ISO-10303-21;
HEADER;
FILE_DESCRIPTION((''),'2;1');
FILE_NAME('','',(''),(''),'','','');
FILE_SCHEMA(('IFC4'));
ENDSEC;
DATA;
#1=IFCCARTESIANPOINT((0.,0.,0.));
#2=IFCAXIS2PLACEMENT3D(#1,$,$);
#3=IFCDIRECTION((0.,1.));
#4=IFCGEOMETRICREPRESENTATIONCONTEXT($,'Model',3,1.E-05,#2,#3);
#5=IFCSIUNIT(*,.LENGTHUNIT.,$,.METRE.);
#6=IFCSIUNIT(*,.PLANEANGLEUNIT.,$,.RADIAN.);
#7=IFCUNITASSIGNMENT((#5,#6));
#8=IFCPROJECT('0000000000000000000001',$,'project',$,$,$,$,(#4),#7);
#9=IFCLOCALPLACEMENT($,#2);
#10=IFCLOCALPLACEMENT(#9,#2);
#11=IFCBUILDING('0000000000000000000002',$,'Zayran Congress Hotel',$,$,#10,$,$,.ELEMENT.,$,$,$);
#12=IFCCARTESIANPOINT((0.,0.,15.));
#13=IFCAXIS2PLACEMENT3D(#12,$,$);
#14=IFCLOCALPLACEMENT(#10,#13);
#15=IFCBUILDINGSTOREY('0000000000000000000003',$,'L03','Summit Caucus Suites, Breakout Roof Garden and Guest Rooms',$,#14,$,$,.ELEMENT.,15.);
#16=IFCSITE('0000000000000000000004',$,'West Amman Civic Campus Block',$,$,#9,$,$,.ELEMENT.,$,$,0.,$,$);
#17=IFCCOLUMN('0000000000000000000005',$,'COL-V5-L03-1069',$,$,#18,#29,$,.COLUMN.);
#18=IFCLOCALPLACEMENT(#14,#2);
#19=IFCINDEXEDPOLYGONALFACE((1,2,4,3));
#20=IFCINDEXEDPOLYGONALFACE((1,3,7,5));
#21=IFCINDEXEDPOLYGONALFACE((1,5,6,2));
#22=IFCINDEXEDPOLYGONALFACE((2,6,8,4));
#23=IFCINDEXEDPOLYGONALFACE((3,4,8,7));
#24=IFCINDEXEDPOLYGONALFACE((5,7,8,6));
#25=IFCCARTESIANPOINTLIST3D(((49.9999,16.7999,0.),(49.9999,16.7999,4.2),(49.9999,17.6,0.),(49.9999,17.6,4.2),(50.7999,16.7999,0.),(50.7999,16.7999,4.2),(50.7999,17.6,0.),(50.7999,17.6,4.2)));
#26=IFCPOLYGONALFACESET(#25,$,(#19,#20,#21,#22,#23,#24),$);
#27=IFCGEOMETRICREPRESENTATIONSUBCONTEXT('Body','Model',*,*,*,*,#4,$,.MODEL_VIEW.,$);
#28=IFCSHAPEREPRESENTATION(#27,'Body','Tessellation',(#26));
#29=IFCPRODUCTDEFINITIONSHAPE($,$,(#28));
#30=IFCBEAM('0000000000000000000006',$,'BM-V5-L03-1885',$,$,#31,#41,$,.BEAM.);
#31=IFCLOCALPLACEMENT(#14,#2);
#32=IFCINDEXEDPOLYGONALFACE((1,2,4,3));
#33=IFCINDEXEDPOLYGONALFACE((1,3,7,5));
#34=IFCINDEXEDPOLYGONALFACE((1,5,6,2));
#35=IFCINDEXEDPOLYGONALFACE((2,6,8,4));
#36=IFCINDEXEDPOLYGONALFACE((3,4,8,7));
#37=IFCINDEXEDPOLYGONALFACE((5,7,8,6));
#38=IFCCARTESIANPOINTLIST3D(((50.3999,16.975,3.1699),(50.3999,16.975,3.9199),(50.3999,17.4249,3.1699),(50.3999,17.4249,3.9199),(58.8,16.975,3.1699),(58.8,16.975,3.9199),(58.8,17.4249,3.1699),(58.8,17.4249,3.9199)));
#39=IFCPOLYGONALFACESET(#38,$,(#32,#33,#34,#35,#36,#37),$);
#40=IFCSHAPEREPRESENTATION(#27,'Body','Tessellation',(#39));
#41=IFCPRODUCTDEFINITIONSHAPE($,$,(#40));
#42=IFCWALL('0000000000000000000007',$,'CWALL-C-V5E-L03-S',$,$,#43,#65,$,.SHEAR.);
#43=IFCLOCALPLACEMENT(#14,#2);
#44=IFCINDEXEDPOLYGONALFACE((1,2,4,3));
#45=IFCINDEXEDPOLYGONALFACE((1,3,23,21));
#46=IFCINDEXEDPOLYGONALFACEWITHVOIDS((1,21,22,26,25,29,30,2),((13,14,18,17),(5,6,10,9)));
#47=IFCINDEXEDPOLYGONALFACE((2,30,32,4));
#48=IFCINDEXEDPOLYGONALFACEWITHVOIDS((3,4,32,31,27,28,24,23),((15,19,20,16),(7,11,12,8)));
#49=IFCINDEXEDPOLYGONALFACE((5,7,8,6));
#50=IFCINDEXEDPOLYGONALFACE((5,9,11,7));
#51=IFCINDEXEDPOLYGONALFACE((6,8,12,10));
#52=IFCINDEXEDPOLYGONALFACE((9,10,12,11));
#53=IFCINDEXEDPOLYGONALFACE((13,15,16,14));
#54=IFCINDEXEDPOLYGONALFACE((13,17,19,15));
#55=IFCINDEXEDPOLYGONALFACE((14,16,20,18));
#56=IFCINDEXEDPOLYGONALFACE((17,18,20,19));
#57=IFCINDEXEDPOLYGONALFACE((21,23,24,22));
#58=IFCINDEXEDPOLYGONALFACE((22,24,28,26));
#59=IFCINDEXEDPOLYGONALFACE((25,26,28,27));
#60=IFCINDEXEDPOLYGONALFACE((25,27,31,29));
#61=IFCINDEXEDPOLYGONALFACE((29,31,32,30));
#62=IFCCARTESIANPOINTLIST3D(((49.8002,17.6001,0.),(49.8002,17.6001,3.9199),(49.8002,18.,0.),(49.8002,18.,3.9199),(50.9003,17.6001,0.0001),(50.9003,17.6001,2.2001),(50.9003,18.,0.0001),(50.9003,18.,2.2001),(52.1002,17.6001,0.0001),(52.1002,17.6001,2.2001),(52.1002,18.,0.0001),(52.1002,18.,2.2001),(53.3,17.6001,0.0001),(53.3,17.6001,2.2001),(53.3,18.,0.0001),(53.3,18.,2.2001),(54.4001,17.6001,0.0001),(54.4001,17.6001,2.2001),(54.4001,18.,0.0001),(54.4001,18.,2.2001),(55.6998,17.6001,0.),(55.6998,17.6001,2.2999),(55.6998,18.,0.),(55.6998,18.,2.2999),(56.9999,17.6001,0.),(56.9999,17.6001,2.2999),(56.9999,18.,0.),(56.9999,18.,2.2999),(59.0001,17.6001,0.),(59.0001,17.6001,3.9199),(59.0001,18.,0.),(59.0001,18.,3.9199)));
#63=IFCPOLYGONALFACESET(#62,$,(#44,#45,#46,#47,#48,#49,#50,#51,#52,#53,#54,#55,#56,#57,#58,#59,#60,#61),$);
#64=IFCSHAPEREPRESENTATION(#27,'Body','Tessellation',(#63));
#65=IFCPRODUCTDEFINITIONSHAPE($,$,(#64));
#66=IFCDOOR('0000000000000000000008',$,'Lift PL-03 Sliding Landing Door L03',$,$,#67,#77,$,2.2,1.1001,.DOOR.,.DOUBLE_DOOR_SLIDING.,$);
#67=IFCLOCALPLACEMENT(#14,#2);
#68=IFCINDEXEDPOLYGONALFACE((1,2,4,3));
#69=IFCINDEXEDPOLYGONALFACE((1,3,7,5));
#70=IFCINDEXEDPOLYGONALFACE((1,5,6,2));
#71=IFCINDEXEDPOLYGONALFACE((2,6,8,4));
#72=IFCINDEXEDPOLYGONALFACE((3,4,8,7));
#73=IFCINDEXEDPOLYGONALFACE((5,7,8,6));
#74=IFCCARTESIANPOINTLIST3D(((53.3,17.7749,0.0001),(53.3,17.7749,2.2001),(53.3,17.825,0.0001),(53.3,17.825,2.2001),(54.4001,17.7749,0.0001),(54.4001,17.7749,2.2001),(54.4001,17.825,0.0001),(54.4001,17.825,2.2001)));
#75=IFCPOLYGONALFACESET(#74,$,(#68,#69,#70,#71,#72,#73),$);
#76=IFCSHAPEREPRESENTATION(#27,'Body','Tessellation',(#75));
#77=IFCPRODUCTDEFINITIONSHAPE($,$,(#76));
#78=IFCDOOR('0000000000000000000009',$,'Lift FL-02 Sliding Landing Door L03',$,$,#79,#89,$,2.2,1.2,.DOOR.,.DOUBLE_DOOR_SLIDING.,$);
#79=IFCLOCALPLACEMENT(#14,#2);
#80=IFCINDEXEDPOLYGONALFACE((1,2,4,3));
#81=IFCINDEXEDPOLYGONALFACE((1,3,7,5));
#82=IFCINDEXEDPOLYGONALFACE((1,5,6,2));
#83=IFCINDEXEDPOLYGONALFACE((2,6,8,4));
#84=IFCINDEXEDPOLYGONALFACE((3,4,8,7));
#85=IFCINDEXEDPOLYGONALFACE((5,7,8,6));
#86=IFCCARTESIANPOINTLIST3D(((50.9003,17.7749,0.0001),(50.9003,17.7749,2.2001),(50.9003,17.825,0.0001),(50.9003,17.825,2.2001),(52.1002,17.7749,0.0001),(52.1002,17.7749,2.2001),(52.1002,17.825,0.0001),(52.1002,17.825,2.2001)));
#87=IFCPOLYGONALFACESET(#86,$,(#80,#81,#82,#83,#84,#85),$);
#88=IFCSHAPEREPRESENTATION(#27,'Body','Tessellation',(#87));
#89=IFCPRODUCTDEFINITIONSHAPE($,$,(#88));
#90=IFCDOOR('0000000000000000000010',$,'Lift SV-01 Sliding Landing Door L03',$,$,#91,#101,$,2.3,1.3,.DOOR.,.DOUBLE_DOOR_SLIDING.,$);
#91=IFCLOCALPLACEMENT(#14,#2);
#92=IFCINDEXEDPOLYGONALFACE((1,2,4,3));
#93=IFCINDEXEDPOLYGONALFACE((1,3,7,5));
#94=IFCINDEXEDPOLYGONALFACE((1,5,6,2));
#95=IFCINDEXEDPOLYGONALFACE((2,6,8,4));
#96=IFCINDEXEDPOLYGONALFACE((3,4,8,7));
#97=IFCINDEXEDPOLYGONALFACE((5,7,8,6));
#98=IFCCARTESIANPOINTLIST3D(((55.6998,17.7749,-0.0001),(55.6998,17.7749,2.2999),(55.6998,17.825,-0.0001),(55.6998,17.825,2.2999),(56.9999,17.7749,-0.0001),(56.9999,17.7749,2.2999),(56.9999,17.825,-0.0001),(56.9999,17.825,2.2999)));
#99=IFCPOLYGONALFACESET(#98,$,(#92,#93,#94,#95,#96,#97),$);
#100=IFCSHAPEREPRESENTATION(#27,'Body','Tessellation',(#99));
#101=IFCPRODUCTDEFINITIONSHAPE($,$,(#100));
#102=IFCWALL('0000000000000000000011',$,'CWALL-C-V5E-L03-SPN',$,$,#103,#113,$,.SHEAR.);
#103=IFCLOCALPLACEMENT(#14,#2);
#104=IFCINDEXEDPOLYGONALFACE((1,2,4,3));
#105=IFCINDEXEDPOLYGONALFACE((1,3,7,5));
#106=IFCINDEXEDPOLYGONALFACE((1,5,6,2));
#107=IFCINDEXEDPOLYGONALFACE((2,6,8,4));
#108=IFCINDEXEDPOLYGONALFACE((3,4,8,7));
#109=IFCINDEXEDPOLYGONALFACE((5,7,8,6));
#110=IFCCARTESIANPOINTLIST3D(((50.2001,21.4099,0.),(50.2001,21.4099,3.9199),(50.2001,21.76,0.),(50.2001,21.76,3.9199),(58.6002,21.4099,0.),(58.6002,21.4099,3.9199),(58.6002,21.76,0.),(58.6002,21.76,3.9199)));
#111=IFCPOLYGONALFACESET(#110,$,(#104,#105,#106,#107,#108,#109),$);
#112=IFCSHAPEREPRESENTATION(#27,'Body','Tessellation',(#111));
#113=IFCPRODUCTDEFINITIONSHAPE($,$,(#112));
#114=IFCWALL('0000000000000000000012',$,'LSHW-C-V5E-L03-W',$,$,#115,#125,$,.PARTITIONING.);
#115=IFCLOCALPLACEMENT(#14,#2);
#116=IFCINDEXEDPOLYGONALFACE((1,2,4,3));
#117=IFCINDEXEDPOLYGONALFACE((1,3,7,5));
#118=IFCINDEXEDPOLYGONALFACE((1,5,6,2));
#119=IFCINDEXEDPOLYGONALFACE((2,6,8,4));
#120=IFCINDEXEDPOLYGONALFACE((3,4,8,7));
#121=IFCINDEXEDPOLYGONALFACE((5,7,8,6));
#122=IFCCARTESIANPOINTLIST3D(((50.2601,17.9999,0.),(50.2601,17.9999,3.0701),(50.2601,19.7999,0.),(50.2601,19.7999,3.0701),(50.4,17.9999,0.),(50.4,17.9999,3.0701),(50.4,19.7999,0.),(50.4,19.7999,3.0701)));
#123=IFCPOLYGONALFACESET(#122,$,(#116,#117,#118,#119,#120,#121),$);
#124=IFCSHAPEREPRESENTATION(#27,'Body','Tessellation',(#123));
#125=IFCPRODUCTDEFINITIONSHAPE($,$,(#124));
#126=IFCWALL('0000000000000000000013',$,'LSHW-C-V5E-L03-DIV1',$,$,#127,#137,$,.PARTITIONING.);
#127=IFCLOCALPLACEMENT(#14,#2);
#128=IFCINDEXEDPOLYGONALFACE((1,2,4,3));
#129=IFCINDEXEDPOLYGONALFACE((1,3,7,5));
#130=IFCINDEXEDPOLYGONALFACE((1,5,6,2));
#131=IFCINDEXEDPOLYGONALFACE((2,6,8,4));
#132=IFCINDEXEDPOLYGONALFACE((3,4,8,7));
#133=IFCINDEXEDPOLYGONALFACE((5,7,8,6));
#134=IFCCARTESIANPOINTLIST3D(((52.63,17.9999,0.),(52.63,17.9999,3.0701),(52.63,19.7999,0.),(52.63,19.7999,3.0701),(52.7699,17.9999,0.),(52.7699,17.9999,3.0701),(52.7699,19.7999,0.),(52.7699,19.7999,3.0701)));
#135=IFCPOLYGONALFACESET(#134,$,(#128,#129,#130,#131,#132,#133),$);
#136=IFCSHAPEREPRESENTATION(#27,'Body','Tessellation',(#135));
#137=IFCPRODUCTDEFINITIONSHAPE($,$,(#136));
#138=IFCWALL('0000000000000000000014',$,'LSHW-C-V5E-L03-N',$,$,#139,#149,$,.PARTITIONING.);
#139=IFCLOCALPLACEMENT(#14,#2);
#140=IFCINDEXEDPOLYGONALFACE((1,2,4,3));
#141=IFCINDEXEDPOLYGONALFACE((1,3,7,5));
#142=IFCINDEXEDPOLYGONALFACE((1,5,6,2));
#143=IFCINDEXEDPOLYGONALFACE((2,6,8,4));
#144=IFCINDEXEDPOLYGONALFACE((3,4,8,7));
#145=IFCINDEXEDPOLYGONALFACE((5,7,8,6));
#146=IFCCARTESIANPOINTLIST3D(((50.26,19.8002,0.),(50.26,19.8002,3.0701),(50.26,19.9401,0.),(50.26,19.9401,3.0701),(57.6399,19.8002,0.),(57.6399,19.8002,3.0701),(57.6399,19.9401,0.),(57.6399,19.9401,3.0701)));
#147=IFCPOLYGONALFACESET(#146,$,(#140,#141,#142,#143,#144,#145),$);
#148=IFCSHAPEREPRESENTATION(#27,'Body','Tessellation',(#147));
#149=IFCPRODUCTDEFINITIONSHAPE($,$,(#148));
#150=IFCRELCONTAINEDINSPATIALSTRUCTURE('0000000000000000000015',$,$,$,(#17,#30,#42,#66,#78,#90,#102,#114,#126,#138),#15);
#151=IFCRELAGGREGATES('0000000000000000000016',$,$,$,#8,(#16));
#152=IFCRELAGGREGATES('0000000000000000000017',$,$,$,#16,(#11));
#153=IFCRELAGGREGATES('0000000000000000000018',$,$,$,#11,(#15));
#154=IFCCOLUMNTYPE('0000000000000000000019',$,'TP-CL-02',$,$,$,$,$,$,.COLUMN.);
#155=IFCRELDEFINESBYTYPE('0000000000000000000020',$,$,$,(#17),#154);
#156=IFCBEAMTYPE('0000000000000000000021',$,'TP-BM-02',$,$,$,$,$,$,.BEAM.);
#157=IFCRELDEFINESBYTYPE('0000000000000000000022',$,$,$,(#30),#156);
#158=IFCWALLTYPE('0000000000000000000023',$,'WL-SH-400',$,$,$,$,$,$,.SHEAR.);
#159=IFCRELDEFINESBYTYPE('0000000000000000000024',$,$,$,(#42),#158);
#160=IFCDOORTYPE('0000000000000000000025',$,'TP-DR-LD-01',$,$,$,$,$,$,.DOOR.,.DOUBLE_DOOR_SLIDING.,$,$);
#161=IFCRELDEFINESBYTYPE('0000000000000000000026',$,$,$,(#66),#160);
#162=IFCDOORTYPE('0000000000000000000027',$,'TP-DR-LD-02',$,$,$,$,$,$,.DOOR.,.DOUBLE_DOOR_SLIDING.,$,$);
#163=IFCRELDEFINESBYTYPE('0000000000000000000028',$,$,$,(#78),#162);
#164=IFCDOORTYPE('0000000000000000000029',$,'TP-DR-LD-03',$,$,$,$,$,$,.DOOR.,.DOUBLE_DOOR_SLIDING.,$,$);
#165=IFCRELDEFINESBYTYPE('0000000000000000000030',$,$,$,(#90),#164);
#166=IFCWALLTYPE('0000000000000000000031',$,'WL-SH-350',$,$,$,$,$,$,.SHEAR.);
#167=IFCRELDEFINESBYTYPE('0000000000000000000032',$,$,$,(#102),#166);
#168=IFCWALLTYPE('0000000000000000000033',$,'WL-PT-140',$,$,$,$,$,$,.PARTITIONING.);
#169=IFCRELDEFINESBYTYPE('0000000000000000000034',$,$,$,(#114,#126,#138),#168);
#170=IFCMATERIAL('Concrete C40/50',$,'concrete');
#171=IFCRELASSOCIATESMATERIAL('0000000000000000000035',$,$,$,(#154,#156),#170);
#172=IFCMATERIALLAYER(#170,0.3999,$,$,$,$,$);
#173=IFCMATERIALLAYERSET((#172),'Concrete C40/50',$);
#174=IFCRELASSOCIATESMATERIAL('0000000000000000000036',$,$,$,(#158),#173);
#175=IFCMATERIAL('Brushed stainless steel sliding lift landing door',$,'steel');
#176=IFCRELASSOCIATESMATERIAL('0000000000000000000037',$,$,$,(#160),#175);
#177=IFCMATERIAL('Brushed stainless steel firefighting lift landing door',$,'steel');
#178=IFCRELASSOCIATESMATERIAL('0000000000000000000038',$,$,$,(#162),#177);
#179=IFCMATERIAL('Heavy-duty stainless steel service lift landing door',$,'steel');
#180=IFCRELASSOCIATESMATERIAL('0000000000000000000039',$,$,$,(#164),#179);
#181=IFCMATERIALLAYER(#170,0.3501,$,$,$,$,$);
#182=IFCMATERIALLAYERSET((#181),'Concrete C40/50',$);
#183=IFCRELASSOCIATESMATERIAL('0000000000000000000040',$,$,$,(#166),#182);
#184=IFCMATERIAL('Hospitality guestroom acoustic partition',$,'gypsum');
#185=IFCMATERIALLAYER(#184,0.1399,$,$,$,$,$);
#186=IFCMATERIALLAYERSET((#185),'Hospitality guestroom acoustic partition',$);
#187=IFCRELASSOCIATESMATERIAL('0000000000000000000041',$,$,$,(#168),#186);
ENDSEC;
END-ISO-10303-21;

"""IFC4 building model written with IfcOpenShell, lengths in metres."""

from ifc_helpers import new_model, si_unit, direction, frame, frame_2d, origin, origin_2d, place, context, subcontext, project, spatial, rectangle, extrude, material, layer, layer_set, material_profile, profile_set, type_object, element, fill, save


model = new_model("IFC4")

# Units and contexts
model_context = context("Model", 3, precision=1e-05, world=origin(), true_north=direction((0.0, 1.0)))
body_context = subcontext(model_context, "Body", "Model", "MODEL_VIEW")
ifc_project = project(units=[si_unit("LENGTHUNIT", "METRE"), si_unit("PLANEANGLEUNIT", "RADIAN")], contexts=[model_context])

# Site, building, storey
site_placement = place(None, origin())
site = spatial("IfcSite", under=ifc_project, at=site_placement, Name="West Amman Civic Campus Block", CompositionType="ELEMENT", RefElevation=0.0)
building_placement = place(site_placement, origin())
building = spatial("IfcBuilding", under=site, at=building_placement, Name="Zayran Congress Hotel", CompositionType="ELEMENT")
storey_placement = place(building_placement, frame((0.0, 0.0, 15.0)))
storey = spatial("IfcBuildingStorey", under=building, at=storey_placement, Name="L03", Description="Summit Caucus Suites, Breakout Roof Garden and Guest Rooms", CompositionType="ELEMENT", Elevation=15.0)

# Column
ifc_material_1 = material(Name="Concrete C40/50", Category="concrete")
ifc_material_profile_1 = material_profile(ifc_material_1, rectangle(XDim=0.8, YDim=0.8, at=origin_2d()), Name="RC 800x800")
ifc_profile_set_1 = profile_set([ifc_material_profile_1], Name="Concrete C40/50")
column_type = type_object("IfcColumnType", Name="TP-CL-02", PredefinedType="COLUMN", material=ifc_profile_set_1)
column_placement = place(storey_placement, frame((50.3999, 17.2, 0.0), z_axis=(0.0, 0.0, 1.0), x_axis=(1.0, 0.0, 0.0)))
element("IfcColumn", 1, at=column_placement, inside=storey, type_object=column_type, Name="COL-V5-L03-1069", PredefinedType="COLUMN", context=body_context, shape_type="SweptSolid", body=[
    extrude(rectangle(XDim=0.8, YDim=0.8, at=origin_2d()), origin(), (0.0, 0.0, 1.0), 4.2),
])

# Beam
ifc_material_profile_2 = material_profile(ifc_material_1, rectangle(XDim=0.45, YDim=0.75, at=origin_2d()), Name="RC 450x750")
ifc_profile_set_2 = profile_set([ifc_material_profile_2], Name="Concrete C40/50")
beam_type = type_object("IfcBeamType", Name="TP-BM-02", PredefinedType="BEAM", material=ifc_profile_set_2)
beam_placement = place(storey_placement, frame((50.3999, 17.2, 3.5449), z_axis=(1.0, 0.0, 0.0), x_axis=(0.0, 1.0, 0.0)))
element("IfcBeam", 2, at=beam_placement, inside=storey, type_object=beam_type, Name="BM-V5-L03-1885", PredefinedType="BEAM", context=body_context, shape_type="SweptSolid", body=[
    extrude(rectangle(XDim=0.45, YDim=0.75, at=origin_2d()), origin(), (0.0, 0.0, 1.0), 8.4001),
])

# Wall, openings, doors
ifc_layer_1 = layer(ifc_material_1, 0.3999)
ifc_layer_set_1 = layer_set([ifc_layer_1], Name="Concrete C40/50")
wall_type_1 = type_object("IfcWallType", Name="WL-SH-400", PredefinedType="SHEAR", material=ifc_layer_set_1)
wall_1_placement = place(storey_placement, frame((49.8, 17.8, 0.0), z_axis=(0.0, 0.0, 1.0), x_axis=(1.0, 0.0, 0.0)))
wall_1 = element("IfcWall", 3, at=wall_1_placement, inside=storey, type_object=wall_type_1, Name="CWALL-C-V5E-L03-S", PredefinedType="SHEAR", context=body_context, shape_type="SweptSolid", body=[
    extrude(rectangle(XDim=9.2, YDim=0.3999, at=frame_2d((4.6001, 0.0))), origin(), (0.0, 0.0, 1.0), 3.9199),
])
opening_1_placement = place(wall_1_placement, frame((1.1001, 0.0, 0.0)))
opening_1 = element("IfcOpeningElement", 4, at=opening_1_placement, cuts=wall_1, PredefinedType="OPENING", context=body_context, shape_type="SweptSolid", body=[
    extrude(rectangle(XDim=1.2, YDim=2.2, at=frame_2d((0.6001, 1.1001))), frame((0.0, 0.21, 0.0), z_axis=(0.0, -1.0, 0.0), x_axis=(1.0, 0.0, 0.0)), (0.0, 0.0, 1.0), 0.4199),
])
opening_2_placement = place(wall_1_placement, frame((3.5, 0.0, 0.0)))
opening_2 = element("IfcOpeningElement", 5, at=opening_2_placement, cuts=wall_1, PredefinedType="OPENING", context=body_context, shape_type="SweptSolid", body=[
    extrude(rectangle(XDim=1.1001, YDim=2.2, at=frame_2d((0.55, 1.1001))), frame((0.0, 0.21, 0.0), z_axis=(0.0, -1.0, 0.0), x_axis=(1.0, 0.0, 0.0)), (0.0, 0.0, 1.0), 0.4199),
])
opening_3_placement = place(wall_1_placement, frame((5.8999, 0.0, 0.0)))
opening_3 = element("IfcOpeningElement", 6, at=opening_3_placement, cuts=wall_1, PredefinedType="OPENING", context=body_context, shape_type="SweptSolid", body=[
    extrude(rectangle(XDim=1.3, YDim=2.3, at=frame_2d((0.6499, 1.1499))), frame((0.0, 0.21, 0.0), z_axis=(0.0, -1.0, 0.0), x_axis=(1.0, 0.0, 0.0)), (0.0, 0.0, 1.0), 0.4199),
])
ifc_material_2 = material(Name="Brushed stainless steel sliding lift landing door", Category="steel")
door_type_1 = type_object("IfcDoorType", Name="TP-DR-LD-01", OperationType="DOUBLE_DOOR_SLIDING", PredefinedType="DOOR", material=ifc_material_2)
door_1_placement = place(opening_2_placement, origin())
door_1 = element("IfcDoor", 7, at=door_1_placement, inside=storey, type_object=door_type_1, Name="Lift PL-03 Sliding Landing Door L03", OperationType="DOUBLE_DOOR_SLIDING", OverallHeight=2.2, OverallWidth=1.1001, PredefinedType="DOOR", context=body_context, shape_type="SweptSolid", body=[
    extrude(rectangle(XDim=1.1001, YDim=2.2, at=frame_2d((0.55, 1.1001))), frame((0.0, 0.0249, 0.0), z_axis=(0.0, -1.0, 0.0), x_axis=(1.0, 0.0, 0.0)), (0.0, 0.0, 1.0), 0.05),
])
fill(opening_2, door_1)
ifc_material_3 = material(Name="Brushed stainless steel firefighting lift landing door", Category="steel")
door_type_2 = type_object("IfcDoorType", Name="TP-DR-LD-02", OperationType="DOUBLE_DOOR_SLIDING", PredefinedType="DOOR", material=ifc_material_3)
door_2_placement = place(opening_1_placement, origin())
door_2 = element("IfcDoor", 8, at=door_2_placement, inside=storey, type_object=door_type_2, Name="Lift FL-02 Sliding Landing Door L03", OperationType="DOUBLE_DOOR_SLIDING", OverallHeight=2.2, OverallWidth=1.2, PredefinedType="DOOR", context=body_context, shape_type="SweptSolid", body=[
    extrude(rectangle(XDim=1.2, YDim=2.2, at=frame_2d((0.6001, 1.1001))), frame((0.0, 0.0249, 0.0), z_axis=(0.0, -1.0, 0.0), x_axis=(1.0, 0.0, 0.0)), (0.0, 0.0, 1.0), 0.05),
])
fill(opening_1, door_2)
ifc_material_4 = material(Name="Heavy-duty stainless steel service lift landing door", Category="steel")
door_type_3 = type_object("IfcDoorType", Name="TP-DR-LD-03", OperationType="DOUBLE_DOOR_SLIDING", PredefinedType="DOOR", material=ifc_material_4)
door_3_placement = place(opening_3_placement, origin())
door_3 = element("IfcDoor", 9, at=door_3_placement, inside=storey, type_object=door_type_3, Name="Lift SV-01 Sliding Landing Door L03", OperationType="DOUBLE_DOOR_SLIDING", OverallHeight=2.3, OverallWidth=1.3, PredefinedType="DOOR", context=body_context, shape_type="SweptSolid", body=[
    extrude(rectangle(XDim=1.3, YDim=2.3, at=frame_2d((0.6499, 1.1499))), frame((0.0, 0.0249, 0.0), z_axis=(0.0, -1.0, 0.0), x_axis=(1.0, 0.0, 0.0)), (0.0, 0.0, 1.0), 0.05),
])
fill(opening_3, door_3)

# Walls
ifc_layer_2 = layer(ifc_material_1, 0.3501)
ifc_layer_set_2 = layer_set([ifc_layer_2], Name="Concrete C40/50")
wall_type_2 = type_object("IfcWallType", Name="WL-SH-350", PredefinedType="SHEAR", material=ifc_layer_set_2)
wall_2_placement = place(storey_placement, frame((50.2, 21.585, 0.0), z_axis=(0.0, 0.0, 1.0), x_axis=(1.0, 0.0, 0.0)))
element("IfcWall", 10, at=wall_2_placement, inside=storey, type_object=wall_type_2, Name="CWALL-C-V5E-L03-SPN", PredefinedType="SHEAR", context=body_context, shape_type="SweptSolid", body=[
    extrude(rectangle(XDim=8.4001, YDim=0.3501, at=frame_2d((4.2002, 0.0))), origin(), (0.0, 0.0, 1.0), 3.9199),
])
ifc_material_5 = material(Name="Hospitality guestroom acoustic partition", Category="gypsum")
ifc_layer_3 = layer(ifc_material_5, 0.1399)
ifc_layer_set_3 = layer_set([ifc_layer_3], Name="Hospitality guestroom acoustic partition")
wall_type_3 = type_object("IfcWallType", Name="WL-PT-140", PredefinedType="PARTITIONING", material=ifc_layer_set_3)
for number, where, z_axis, x_axis, name in (
    (11, (50.3301, 18.0, 0.0), (0.0, 0.0, 1.0), (0.0, 1.0, 0.0), "LSHW-C-V5E-L03-W"),
    (12, (52.7, 18.0, 0.0), (0.0, 0.0, 1.0), (0.0, 1.0, 0.0), "LSHW-C-V5E-L03-DIV1"),
):
    element("IfcWall", number, at=place(storey_placement, frame(where, z_axis=z_axis, x_axis=x_axis)), inside=storey, type_object=wall_type_3, Name=name, PredefinedType="PARTITIONING", context=body_context, shape_type="SweptSolid", body=[
        extrude(rectangle(XDim=1.8, YDim=0.1399, at=frame_2d((0.8999, 0.0))), origin(), (0.0, 0.0, 1.0), 3.0701),
    ])
wall_3_placement = place(storey_placement, frame((50.26, 19.8701, 0.0), z_axis=(0.0, 0.0, 1.0), x_axis=(1.0, 0.0, 0.0)))
element("IfcWall", 13, at=wall_3_placement, inside=storey, type_object=wall_type_3, Name="LSHW-C-V5E-L03-N", PredefinedType="PARTITIONING", context=body_context, shape_type="SweptSolid", body=[
    extrude(rectangle(XDim=7.3799, YDim=0.1399, at=frame_2d((3.6899, 0.0))), origin(), (0.0, 0.0, 1.0), 3.0701),
])

save(model, "model.ifc")
